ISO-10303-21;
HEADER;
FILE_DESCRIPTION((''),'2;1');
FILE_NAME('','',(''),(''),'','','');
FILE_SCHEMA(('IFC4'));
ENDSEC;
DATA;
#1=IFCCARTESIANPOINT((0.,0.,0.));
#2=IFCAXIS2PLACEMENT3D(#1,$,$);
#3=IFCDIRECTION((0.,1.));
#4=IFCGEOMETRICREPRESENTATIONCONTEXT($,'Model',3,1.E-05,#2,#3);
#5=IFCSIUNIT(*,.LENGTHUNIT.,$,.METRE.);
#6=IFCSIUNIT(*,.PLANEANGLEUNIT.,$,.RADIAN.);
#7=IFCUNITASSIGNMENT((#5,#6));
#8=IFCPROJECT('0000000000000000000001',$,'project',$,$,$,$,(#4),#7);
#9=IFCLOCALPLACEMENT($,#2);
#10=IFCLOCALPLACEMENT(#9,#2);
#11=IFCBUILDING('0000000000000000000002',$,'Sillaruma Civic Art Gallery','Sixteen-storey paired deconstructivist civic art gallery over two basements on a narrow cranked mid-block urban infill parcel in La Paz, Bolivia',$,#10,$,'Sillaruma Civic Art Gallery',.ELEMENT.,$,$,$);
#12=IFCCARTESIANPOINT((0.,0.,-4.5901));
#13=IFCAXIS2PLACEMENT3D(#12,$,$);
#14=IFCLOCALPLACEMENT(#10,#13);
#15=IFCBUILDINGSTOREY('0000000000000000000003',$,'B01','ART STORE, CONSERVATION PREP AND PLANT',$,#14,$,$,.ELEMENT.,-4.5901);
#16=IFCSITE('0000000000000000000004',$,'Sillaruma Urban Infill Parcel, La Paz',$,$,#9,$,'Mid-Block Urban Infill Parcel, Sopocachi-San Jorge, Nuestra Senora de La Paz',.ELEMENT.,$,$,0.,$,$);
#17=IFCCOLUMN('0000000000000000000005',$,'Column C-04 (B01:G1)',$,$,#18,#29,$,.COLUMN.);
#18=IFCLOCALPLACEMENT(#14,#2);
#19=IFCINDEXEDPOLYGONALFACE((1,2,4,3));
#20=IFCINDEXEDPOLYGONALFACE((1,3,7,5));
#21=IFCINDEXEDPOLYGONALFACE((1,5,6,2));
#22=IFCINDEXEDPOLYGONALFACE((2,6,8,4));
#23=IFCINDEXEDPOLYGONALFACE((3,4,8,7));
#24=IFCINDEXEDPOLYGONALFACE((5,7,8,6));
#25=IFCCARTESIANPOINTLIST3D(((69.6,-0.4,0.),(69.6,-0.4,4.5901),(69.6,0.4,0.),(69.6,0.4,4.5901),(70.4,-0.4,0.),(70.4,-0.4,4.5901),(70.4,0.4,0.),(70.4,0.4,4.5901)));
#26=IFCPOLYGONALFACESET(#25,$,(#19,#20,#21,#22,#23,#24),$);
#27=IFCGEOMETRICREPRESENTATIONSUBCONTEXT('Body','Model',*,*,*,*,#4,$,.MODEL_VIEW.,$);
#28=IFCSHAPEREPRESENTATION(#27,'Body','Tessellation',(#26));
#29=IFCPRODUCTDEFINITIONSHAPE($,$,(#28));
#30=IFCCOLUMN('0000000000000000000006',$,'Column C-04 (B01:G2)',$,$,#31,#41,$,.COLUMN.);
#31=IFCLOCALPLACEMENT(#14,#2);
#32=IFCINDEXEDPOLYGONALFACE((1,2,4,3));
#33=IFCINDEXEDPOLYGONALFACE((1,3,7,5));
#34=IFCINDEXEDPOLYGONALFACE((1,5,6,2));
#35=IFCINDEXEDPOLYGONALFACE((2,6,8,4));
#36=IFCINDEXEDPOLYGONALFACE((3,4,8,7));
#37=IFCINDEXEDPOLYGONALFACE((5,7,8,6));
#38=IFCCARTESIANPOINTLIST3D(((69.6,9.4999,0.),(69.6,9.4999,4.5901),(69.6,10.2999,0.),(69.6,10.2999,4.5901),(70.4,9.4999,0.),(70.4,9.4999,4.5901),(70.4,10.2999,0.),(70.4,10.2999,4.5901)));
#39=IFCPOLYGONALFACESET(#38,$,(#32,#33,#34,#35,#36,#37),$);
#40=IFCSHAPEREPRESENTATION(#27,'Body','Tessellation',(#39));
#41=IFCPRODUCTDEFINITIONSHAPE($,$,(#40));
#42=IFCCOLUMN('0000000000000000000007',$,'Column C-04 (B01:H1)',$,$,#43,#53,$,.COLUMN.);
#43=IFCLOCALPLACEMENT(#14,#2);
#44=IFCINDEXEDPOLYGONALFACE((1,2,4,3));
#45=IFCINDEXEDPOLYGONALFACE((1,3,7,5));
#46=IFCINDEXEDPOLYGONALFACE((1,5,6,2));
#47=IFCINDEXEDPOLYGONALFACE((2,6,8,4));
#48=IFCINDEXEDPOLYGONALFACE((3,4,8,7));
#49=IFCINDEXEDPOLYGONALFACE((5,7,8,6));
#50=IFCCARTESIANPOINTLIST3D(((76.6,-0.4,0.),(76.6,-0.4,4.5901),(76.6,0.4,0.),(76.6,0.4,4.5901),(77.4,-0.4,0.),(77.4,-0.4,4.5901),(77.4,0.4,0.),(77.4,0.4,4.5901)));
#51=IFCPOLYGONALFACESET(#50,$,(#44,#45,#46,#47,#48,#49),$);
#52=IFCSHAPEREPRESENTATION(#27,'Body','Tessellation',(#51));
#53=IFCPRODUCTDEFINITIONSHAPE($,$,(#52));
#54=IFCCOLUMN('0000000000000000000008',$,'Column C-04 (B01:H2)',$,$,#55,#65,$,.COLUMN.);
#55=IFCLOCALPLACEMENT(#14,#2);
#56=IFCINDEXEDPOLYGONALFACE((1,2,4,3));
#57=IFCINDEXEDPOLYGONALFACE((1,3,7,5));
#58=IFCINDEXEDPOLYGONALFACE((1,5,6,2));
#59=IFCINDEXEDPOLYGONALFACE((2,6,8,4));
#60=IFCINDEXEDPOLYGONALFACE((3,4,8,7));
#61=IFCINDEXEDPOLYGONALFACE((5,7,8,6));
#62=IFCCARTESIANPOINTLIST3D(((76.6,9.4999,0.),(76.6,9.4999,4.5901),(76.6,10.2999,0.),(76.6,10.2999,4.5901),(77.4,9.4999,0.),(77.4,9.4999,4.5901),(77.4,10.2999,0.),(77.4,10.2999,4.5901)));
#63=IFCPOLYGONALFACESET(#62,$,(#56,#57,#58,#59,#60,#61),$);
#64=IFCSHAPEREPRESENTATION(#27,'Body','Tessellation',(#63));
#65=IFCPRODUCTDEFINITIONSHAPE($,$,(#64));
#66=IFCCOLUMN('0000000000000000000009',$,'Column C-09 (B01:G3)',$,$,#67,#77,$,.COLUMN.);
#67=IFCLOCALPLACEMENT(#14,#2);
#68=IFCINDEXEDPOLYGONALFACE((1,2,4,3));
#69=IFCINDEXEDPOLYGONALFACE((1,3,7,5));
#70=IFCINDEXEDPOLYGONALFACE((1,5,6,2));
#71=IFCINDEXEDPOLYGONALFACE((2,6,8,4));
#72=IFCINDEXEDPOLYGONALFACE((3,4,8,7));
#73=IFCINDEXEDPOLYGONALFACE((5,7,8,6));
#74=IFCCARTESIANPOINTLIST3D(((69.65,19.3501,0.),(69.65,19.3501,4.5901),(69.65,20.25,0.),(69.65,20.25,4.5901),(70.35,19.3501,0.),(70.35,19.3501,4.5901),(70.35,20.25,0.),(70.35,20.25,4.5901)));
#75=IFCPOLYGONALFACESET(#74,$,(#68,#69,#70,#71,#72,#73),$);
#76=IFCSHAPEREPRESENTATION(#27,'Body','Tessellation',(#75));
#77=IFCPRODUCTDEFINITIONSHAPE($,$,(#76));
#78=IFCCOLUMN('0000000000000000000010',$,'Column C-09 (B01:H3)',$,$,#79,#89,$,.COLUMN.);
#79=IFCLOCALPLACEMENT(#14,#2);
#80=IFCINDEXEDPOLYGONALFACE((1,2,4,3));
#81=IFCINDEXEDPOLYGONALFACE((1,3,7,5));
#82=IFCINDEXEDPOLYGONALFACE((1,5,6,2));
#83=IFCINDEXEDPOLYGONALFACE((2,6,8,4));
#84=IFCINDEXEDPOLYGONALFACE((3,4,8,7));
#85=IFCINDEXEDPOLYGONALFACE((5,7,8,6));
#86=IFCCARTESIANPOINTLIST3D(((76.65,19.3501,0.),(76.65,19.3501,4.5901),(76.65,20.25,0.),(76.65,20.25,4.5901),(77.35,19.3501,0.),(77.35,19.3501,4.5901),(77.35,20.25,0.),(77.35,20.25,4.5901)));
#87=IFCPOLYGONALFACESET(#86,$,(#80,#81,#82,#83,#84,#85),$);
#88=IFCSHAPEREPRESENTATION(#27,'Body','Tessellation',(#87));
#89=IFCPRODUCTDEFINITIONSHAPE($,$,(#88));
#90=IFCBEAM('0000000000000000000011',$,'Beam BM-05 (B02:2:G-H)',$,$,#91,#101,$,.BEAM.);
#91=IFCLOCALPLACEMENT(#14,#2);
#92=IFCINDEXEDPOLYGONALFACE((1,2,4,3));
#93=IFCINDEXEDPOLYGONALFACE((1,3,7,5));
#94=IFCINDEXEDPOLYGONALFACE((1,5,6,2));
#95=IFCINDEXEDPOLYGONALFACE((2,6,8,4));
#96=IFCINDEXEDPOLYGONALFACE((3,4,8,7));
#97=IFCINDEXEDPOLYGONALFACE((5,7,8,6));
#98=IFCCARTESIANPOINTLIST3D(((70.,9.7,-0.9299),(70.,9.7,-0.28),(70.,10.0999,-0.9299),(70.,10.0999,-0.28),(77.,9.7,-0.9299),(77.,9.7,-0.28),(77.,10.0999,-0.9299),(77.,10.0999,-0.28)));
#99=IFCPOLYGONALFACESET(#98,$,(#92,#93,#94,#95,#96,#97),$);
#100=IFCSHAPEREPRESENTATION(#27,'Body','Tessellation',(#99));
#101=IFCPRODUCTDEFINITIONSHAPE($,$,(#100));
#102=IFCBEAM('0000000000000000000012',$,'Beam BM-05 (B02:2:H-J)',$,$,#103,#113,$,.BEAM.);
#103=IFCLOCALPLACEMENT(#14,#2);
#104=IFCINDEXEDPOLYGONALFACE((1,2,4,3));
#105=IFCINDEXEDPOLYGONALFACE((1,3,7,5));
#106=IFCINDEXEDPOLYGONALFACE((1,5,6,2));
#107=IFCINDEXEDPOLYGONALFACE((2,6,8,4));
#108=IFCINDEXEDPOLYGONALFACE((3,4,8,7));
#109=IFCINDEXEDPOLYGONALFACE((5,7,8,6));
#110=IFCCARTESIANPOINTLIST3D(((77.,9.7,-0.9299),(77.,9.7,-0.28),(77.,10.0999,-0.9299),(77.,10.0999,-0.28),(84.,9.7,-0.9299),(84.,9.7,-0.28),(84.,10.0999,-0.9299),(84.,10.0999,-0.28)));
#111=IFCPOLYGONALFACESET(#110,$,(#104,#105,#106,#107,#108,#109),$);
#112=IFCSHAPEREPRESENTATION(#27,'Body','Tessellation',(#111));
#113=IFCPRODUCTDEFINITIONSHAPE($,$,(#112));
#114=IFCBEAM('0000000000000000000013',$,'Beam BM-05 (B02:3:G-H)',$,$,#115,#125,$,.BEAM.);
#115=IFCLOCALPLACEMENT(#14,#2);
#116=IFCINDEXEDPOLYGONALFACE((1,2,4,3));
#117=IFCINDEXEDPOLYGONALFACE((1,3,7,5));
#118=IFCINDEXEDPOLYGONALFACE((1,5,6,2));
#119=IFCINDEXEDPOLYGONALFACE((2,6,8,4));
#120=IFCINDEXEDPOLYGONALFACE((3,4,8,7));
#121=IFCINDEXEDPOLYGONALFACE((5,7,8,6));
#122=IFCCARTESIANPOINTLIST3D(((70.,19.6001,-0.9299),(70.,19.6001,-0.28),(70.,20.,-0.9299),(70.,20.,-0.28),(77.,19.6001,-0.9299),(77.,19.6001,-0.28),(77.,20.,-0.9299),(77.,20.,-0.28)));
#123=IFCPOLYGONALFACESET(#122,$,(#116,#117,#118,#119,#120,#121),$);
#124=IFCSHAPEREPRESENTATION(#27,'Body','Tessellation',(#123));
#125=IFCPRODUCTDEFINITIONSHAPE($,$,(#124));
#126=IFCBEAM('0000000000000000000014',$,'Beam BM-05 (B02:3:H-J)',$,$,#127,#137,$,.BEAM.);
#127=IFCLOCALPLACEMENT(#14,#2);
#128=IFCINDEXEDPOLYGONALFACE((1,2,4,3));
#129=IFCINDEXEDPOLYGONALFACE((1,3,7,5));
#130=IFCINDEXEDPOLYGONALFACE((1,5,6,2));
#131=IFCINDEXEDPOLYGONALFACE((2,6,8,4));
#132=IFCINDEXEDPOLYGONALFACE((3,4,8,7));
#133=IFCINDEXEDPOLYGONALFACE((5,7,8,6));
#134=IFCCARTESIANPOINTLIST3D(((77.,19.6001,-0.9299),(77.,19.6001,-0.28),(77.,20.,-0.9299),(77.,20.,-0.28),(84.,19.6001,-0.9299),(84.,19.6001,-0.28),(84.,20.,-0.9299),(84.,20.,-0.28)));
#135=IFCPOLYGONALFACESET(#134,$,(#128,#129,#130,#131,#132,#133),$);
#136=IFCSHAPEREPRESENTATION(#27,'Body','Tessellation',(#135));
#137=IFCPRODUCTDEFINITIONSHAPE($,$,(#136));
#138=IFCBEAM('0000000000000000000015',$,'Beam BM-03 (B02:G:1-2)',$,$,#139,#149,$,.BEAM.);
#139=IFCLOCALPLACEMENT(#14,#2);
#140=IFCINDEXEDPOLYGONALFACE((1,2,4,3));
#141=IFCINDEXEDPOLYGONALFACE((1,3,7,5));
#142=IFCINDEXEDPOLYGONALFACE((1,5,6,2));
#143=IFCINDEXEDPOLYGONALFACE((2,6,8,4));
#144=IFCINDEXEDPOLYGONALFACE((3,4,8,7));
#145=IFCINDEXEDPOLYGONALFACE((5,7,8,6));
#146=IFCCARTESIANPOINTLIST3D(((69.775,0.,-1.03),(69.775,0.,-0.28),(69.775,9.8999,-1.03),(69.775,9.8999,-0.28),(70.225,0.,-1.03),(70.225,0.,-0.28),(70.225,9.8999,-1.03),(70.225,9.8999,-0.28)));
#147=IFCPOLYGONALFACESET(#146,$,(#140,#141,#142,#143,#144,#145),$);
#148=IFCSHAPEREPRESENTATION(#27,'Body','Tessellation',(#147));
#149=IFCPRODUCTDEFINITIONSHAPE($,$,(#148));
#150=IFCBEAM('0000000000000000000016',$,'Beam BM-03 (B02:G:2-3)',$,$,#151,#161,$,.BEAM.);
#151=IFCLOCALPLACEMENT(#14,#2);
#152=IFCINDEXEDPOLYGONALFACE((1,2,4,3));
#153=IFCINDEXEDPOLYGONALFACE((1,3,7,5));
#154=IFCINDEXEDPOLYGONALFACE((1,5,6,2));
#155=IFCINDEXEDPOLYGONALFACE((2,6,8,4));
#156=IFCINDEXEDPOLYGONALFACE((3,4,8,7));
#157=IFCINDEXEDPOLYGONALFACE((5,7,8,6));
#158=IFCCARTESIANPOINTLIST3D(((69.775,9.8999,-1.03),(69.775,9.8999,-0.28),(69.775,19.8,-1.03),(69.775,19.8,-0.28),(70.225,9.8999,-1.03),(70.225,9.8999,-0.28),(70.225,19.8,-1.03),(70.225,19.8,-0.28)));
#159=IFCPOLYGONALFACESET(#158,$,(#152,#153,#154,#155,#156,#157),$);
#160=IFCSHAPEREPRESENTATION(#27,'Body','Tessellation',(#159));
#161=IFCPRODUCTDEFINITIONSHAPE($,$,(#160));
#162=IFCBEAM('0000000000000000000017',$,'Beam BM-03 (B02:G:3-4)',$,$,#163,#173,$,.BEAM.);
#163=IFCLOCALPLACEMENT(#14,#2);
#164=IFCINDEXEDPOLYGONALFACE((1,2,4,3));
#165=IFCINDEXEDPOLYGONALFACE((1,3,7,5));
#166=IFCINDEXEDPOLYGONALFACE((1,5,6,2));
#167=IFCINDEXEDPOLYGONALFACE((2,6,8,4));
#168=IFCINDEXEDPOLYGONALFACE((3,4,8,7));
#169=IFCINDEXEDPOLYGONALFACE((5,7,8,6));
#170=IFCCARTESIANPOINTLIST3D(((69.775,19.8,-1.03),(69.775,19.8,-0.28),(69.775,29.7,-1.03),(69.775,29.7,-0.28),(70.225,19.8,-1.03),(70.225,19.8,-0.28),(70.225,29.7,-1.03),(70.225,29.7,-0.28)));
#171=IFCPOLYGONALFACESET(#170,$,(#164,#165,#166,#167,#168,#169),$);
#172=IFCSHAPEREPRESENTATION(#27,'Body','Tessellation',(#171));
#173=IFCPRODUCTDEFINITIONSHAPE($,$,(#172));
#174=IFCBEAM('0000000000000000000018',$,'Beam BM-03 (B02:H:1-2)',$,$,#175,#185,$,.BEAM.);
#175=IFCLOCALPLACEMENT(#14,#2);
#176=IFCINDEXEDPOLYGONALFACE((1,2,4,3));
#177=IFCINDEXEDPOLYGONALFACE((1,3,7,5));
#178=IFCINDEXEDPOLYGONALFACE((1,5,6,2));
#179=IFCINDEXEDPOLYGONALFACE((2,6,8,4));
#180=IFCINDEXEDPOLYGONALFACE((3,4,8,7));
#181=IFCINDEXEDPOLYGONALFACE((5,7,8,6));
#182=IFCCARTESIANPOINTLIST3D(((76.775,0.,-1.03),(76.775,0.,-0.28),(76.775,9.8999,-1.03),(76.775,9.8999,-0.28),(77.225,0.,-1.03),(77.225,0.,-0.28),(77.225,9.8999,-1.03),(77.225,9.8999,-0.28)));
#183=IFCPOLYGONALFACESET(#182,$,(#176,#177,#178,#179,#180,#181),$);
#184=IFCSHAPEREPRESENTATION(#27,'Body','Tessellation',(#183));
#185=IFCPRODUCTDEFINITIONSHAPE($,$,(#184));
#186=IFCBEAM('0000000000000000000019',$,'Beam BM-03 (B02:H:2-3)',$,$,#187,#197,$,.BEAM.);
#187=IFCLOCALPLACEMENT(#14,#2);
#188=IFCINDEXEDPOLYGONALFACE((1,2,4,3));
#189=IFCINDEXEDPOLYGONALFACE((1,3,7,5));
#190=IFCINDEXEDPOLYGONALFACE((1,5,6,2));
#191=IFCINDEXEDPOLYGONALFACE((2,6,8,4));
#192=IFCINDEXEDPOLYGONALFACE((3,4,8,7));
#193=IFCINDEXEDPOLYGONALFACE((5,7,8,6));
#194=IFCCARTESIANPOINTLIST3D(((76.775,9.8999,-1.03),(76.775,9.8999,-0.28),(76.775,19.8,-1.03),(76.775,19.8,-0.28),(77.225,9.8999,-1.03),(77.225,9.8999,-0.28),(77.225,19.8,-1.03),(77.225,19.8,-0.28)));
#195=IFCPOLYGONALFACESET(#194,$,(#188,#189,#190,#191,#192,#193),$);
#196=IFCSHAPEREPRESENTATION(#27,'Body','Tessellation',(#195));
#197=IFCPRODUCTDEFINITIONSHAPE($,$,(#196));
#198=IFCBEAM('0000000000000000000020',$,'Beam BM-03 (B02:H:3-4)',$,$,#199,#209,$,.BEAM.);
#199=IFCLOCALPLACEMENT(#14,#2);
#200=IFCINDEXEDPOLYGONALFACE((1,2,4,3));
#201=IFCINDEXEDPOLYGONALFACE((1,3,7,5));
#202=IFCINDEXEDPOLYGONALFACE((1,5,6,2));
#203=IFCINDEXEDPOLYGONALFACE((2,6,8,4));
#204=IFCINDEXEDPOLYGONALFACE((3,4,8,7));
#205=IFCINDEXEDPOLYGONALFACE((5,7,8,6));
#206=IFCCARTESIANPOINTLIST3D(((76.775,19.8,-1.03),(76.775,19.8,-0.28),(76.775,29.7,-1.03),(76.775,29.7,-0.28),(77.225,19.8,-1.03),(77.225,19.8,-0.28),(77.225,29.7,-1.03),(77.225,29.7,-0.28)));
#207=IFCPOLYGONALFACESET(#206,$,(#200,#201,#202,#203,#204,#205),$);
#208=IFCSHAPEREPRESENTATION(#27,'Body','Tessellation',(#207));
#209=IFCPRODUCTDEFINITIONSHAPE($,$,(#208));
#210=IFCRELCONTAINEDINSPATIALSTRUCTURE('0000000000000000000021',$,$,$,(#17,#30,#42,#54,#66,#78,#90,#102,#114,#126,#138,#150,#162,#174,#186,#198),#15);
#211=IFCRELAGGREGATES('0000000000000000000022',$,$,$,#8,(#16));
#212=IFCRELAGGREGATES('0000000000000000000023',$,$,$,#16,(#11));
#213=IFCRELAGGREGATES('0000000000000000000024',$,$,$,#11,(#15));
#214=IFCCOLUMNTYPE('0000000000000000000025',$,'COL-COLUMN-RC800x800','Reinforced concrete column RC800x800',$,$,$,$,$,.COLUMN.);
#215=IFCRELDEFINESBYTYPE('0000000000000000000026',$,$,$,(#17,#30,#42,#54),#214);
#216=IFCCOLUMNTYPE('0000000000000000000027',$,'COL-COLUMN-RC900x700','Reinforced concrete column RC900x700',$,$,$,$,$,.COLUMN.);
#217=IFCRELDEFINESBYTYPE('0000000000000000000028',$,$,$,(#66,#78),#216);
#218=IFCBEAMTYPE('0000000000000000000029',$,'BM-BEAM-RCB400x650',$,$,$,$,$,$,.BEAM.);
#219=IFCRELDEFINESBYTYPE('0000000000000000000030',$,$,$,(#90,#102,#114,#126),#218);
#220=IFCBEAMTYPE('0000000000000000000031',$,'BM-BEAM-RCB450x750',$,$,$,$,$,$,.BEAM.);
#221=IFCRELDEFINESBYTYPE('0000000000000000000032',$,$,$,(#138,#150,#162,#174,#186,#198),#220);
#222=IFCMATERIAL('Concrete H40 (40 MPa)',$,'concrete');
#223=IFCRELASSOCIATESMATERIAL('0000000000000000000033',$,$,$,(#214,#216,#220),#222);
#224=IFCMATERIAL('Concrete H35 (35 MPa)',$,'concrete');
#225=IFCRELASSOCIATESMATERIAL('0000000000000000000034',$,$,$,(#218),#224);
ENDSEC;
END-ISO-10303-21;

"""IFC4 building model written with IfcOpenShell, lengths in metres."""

from ifc_helpers import new_model, si_unit, direction, frame, origin, origin_2d, place, context, subcontext, project, spatial, rectangle, extrude, material, material_profile, profile_set, type_object, element, save


model = new_model("IFC4")

# Units and contexts
model_context = context("Model", 3, precision=1e-05, world=origin(), true_north=direction((0.0, 1.0)))
body_context = subcontext(model_context, "Body", "Model", "MODEL_VIEW")
ifc_project = project(units=[si_unit("LENGTHUNIT", "METRE"), si_unit("PLANEANGLEUNIT", "RADIAN")], contexts=[model_context])

# Site, building, storey
site_placement = place(None, origin())
site = spatial("IfcSite", under=ifc_project, at=site_placement, Name="Sillaruma Urban Infill Parcel, La Paz", LongName="Mid-Block Urban Infill Parcel, Sopocachi-San Jorge, Nuestra Senora de La Paz", CompositionType="ELEMENT", RefElevation=0.0)
building_placement = place(site_placement, origin())
building = spatial("IfcBuilding", under=site, at=building_placement, Name="Sillaruma Civic Art Gallery", Description="Sixteen-storey paired deconstructivist civic art gallery over two basements on a narrow cranked mid-block urban infill parcel in La Paz, Bolivia", LongName="Sillaruma Civic Art Gallery", CompositionType="ELEMENT")
storey_placement = place(building_placement, frame((0.0, 0.0, -4.5901)))
storey = spatial("IfcBuildingStorey", under=building, at=storey_placement, Name="B01", Description="ART STORE, CONSERVATION PREP AND PLANT", CompositionType="ELEMENT", Elevation=-4.5901)

# Columns
ifc_material_1 = material(Name="Concrete H40 (40 MPa)", Category="concrete")
ifc_material_profile_1 = material_profile(ifc_material_1, rectangle(XDim=0.8, YDim=0.8, at=origin_2d()), Name="RC800x800")
ifc_profile_set_1 = profile_set([ifc_material_profile_1], Name="Concrete H40 (40 MPa)")
column_type_1 = type_object("IfcColumnType", Name="COL-COLUMN-RC800x800", Description="Reinforced concrete column RC800x800", PredefinedType="COLUMN", material=ifc_profile_set_1)
for number, where, z_axis, x_axis, name in (
    (1, (70.0, 0.0, 0.0), (0.0, 0.0, 1.0), (1.0, 0.0, 0.0), "Column C-04 (B01:G1)"),
    (2, (70.0, 9.8999, 0.0), (0.0, 0.0, 1.0), (1.0, 0.0, 0.0), "Column C-04 (B01:G2)"),
    (3, (77.0, 0.0, 0.0), (0.0, 0.0, 1.0), (1.0, 0.0, 0.0), "Column C-04 (B01:H1)"),
    (4, (77.0, 9.8999, 0.0), (0.0, 0.0, 1.0), (1.0, 0.0, 0.0), "Column C-04 (B01:H2)"),
):
    element("IfcColumn", number, at=place(storey_placement, frame(where, z_axis=z_axis, x_axis=x_axis)), inside=storey, type_object=column_type_1, Name=name, PredefinedType="COLUMN", context=body_context, shape_type="SweptSolid", body=[
        extrude(rectangle(XDim=0.8, YDim=0.8, at=origin_2d()), origin(), (0.0, 0.0, 1.0), 4.5901),
    ])
ifc_material_profile_2 = material_profile(ifc_material_1, rectangle(XDim=0.7, YDim=0.8999, at=origin_2d()), Name="RC900x700")
ifc_profile_set_2 = profile_set([ifc_material_profile_2], Name="Concrete H40 (40 MPa)")
column_type_2 = type_object("IfcColumnType", Name="COL-COLUMN-RC900x700", Description="Reinforced concrete column RC900x700", PredefinedType="COLUMN", material=ifc_profile_set_2)
for number, where, z_axis, x_axis, name in (
    (5, (70.0, 19.8, 0.0), (0.0, 0.0, 1.0), (1.0, 0.0, 0.0), "Column C-09 (B01:G3)"),
    (6, (77.0, 19.8, 0.0), (0.0, 0.0, 1.0), (1.0, 0.0, 0.0), "Column C-09 (B01:H3)"),
):
    element("IfcColumn", number, at=place(storey_placement, frame(where, z_axis=z_axis, x_axis=x_axis)), inside=storey, type_object=column_type_2, Name=name, PredefinedType="COLUMN", context=body_context, shape_type="SweptSolid", body=[
        extrude(rectangle(XDim=0.7, YDim=0.8999, at=origin_2d()), origin(), (0.0, 0.0, 1.0), 4.5901),
    ])

# Beams
ifc_material_2 = material(Name="Concrete H35 (35 MPa)", Category="concrete")
ifc_material_profile_3 = material_profile(ifc_material_2, rectangle(XDim=0.3999, YDim=0.6499, at=origin_2d()), Name="RCB400x650")
ifc_profile_set_3 = profile_set([ifc_material_profile_3], Name="Concrete H35 (35 MPa)")
beam_type_1 = type_object("IfcBeamType", Name="BM-BEAM-RCB400x650", PredefinedType="BEAM", material=ifc_profile_set_3)
for number, where, z_axis, x_axis, name in (
    (7, (70.0, 9.8999, -0.605), (1.0, 0.0, 0.0), (0.0, 1.0, 0.0), "Beam BM-05 (B02:2:G-H)"),
    (8, (77.0, 9.8999, -0.605), (1.0, 0.0, 0.0), (0.0, 1.0, 0.0), "Beam BM-05 (B02:2:H-J)"),
    (9, (70.0, 19.8, -0.605), (1.0, 0.0, 0.0), (0.0, 1.0, 0.0), "Beam BM-05 (B02:3:G-H)"),
    (10, (77.0, 19.8, -0.605), (1.0, 0.0, 0.0), (0.0, 1.0, 0.0), "Beam BM-05 (B02:3:H-J)"),
):
    element("IfcBeam", number, at=place(storey_placement, frame(where, z_axis=z_axis, x_axis=x_axis)), inside=storey, type_object=beam_type_1, Name=name, PredefinedType="BEAM", context=body_context, shape_type="SweptSolid", body=[
        extrude(rectangle(XDim=0.3999, YDim=0.6499, at=origin_2d()), origin(), (0.0, 0.0, 1.0), 7.0),
    ])
ifc_material_profile_4 = material_profile(ifc_material_1, rectangle(XDim=0.45, YDim=0.75, at=origin_2d()), Name="RCB450x750")
ifc_profile_set_4 = profile_set([ifc_material_profile_4], Name="Concrete H40 (40 MPa)")
beam_type_2 = type_object("IfcBeamType", Name="BM-BEAM-RCB450x750", PredefinedType="BEAM", material=ifc_profile_set_4)
beam_1_placement = place(storey_placement, frame((70.0, 0.0, -0.655), z_axis=(0.0, 1.0, 0.0), x_axis=(-1.0, 0.0, 0.0)))
element("IfcBeam", 11, at=beam_1_placement, inside=storey, type_object=beam_type_2, Name="Beam BM-03 (B02:G:1-2)", PredefinedType="BEAM", context=body_context, shape_type="SweptSolid", body=[
    extrude(rectangle(XDim=0.45, YDim=0.75, at=origin_2d()), origin(), (0.0, 0.0, 1.0), 9.8999),
])
beam_2_placement = place(storey_placement, frame((70.0, 9.8999, -0.655), z_axis=(0.0, 1.0, 0.0), x_axis=(-1.0, 0.0, 0.0)))
element("IfcBeam", 12, at=beam_2_placement, inside=storey, type_object=beam_type_2, Name="Beam BM-03 (B02:G:2-3)", PredefinedType="BEAM", context=body_context, shape_type="SweptSolid", body=[
    extrude(rectangle(XDim=0.45, YDim=0.75, at=origin_2d()), origin(), (0.0, 0.0, 1.0), 9.9001),
])
for number, where, z_axis, x_axis, name in (
    (13, (70.0, 19.8, -0.655), (0.0, 1.0, 0.0), (-1.0, 0.0, 0.0), "Beam BM-03 (B02:G:3-4)"),
    (14, (77.0, 0.0, -0.655), (0.0, 1.0, 0.0), (-1.0, 0.0, 0.0), "Beam BM-03 (B02:H:1-2)"),
):
    element("IfcBeam", number, at=place(storey_placement, frame(where, z_axis=z_axis, x_axis=x_axis)), inside=storey, type_object=beam_type_2, Name=name, PredefinedType="BEAM", context=body_context, shape_type="SweptSolid", body=[
        extrude(rectangle(XDim=0.45, YDim=0.75, at=origin_2d()), origin(), (0.0, 0.0, 1.0), 9.8999),
    ])
beam_3_placement = place(storey_placement, frame((77.0, 9.8999, -0.655), z_axis=(0.0, 1.0, 0.0), x_axis=(-1.0, 0.0, 0.0)))
element("IfcBeam", 15, at=beam_3_placement, inside=storey, type_object=beam_type_2, Name="Beam BM-03 (B02:H:2-3)", PredefinedType="BEAM", context=body_context, shape_type="SweptSolid", body=[
    extrude(rectangle(XDim=0.45, YDim=0.75, at=origin_2d()), origin(), (0.0, 0.0, 1.0), 9.9001),
])
beam_4_placement = place(storey_placement, frame((77.0, 19.8, -0.655), z_axis=(0.0, 1.0, 0.0), x_axis=(-1.0, 0.0, 0.0)))
element("IfcBeam", 16, at=beam_4_placement, inside=storey, type_object=beam_type_2, Name="Beam BM-03 (B02:H:3-4)", PredefinedType="BEAM", context=body_context, shape_type="SweptSolid", body=[
    extrude(rectangle(XDim=0.45, YDim=0.75, at=origin_2d()), origin(), (0.0, 0.0, 1.0), 9.8999),
])

save(model, "model.ifc")
